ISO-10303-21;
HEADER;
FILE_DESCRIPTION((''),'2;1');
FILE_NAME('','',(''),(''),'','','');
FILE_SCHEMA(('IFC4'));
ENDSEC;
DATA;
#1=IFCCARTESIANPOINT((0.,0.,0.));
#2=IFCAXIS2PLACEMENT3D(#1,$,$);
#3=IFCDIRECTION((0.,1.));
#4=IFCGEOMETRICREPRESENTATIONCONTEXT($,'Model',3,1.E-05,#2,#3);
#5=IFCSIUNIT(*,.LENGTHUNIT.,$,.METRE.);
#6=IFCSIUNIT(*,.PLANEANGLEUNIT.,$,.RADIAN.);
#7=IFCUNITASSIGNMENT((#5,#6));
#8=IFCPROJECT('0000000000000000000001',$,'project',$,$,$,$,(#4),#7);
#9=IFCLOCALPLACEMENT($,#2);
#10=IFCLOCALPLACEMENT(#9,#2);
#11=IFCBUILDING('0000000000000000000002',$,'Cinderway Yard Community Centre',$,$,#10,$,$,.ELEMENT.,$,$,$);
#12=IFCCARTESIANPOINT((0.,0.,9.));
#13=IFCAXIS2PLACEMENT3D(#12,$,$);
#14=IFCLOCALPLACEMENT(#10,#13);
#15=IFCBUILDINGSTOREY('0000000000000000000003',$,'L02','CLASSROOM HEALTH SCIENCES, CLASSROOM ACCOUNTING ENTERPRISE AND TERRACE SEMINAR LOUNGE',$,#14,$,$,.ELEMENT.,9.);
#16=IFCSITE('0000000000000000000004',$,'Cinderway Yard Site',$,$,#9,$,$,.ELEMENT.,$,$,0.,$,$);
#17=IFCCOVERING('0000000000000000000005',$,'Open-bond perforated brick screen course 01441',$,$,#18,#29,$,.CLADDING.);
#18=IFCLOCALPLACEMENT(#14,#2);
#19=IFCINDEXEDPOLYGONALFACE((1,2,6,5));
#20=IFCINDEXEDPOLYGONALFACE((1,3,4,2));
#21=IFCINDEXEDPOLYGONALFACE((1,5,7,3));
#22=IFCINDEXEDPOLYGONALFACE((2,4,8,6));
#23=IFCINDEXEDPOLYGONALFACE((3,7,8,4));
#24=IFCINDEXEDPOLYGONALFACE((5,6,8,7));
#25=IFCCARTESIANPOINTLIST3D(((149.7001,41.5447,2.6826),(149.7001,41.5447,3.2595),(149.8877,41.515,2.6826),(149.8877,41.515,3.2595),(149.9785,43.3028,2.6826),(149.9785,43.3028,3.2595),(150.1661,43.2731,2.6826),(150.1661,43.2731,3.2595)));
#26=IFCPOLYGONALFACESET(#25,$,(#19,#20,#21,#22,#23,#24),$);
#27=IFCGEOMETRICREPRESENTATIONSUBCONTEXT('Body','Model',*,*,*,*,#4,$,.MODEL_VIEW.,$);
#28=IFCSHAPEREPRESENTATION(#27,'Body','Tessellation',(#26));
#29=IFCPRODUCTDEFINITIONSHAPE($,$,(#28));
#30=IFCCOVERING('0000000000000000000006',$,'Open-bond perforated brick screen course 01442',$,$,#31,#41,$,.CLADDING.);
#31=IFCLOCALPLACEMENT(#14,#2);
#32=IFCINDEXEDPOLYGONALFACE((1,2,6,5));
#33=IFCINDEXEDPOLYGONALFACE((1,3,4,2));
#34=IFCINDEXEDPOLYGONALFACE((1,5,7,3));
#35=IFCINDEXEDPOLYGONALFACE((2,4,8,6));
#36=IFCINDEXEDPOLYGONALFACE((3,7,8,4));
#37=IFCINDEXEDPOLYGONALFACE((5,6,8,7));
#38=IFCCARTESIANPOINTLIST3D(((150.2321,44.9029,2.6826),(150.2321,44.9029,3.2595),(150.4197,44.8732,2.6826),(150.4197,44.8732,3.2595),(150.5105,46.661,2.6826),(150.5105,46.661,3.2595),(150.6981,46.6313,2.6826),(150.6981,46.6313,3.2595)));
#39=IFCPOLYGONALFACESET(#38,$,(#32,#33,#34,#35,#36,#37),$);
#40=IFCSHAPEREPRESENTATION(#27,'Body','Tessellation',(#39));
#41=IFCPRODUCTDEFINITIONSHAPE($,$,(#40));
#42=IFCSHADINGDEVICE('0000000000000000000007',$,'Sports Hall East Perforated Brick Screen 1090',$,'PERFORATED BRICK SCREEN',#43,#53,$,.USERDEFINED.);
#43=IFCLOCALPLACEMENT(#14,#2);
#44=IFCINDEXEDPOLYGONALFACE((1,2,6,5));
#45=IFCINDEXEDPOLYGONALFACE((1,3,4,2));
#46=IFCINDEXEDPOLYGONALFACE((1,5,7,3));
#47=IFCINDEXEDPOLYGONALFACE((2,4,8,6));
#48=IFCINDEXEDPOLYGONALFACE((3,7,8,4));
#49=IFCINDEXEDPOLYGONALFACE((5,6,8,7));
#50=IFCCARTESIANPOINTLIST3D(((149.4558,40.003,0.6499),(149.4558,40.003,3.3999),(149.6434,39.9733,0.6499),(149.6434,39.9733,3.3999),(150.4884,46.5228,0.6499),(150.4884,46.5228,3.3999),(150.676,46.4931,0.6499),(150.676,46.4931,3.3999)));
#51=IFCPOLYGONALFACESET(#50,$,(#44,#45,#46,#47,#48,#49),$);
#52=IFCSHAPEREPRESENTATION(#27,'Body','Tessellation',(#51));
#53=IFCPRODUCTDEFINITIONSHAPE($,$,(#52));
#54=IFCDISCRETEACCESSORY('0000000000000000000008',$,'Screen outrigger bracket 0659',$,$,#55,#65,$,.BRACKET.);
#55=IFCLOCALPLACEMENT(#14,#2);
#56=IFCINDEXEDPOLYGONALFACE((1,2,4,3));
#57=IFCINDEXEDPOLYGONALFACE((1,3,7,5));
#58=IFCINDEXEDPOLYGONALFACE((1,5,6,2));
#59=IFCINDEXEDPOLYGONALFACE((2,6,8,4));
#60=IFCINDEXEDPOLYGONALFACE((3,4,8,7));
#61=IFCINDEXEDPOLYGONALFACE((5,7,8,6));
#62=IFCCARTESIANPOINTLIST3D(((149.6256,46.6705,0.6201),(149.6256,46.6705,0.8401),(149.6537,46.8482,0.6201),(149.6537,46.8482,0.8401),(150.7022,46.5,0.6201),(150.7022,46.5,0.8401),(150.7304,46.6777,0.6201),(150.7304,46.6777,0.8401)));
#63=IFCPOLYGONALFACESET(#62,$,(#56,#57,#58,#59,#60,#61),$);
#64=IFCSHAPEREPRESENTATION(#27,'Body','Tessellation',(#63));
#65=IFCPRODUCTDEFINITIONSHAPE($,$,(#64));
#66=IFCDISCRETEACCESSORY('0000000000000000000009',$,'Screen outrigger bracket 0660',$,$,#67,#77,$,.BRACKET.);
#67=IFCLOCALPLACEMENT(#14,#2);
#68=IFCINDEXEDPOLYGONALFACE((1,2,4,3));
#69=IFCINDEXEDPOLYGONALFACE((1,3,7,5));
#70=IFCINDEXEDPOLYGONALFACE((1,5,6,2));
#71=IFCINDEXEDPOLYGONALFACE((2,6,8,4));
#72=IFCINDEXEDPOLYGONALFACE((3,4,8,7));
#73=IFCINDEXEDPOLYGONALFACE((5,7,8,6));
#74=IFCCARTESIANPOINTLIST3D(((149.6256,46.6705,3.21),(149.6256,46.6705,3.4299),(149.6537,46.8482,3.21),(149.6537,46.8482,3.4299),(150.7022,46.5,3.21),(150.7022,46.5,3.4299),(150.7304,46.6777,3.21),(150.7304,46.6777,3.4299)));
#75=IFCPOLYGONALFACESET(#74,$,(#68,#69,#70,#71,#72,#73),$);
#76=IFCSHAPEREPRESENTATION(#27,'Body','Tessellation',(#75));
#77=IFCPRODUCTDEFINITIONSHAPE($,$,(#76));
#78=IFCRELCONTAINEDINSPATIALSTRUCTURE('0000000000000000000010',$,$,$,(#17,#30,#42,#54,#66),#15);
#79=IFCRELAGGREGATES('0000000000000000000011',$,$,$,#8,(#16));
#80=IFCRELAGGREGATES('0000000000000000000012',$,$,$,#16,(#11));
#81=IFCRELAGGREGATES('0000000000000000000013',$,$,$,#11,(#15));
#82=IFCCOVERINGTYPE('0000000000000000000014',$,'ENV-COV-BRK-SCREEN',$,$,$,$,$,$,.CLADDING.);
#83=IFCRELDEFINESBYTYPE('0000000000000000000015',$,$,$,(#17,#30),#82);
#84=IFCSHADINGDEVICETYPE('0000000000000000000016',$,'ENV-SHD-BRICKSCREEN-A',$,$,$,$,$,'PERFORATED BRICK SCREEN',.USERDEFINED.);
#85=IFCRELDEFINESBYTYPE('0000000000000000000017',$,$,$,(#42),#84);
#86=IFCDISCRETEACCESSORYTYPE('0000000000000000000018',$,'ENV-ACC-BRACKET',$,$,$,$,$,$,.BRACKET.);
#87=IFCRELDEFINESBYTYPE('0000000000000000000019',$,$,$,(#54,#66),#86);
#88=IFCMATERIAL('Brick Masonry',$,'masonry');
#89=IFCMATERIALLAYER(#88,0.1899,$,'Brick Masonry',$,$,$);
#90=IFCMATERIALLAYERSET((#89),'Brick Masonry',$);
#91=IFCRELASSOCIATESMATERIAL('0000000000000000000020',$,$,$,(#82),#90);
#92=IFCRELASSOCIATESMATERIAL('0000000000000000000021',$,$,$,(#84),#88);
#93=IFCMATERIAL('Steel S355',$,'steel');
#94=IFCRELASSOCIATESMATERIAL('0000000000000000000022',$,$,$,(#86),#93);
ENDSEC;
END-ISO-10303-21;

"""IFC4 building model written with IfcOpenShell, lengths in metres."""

from ifc_helpers import new_model, si_unit, direction, frame, origin, origin_2d, place, context, subcontext, project, spatial, rectangle, extrude, material, layer, layer_set, type_object, element, save


model = new_model("IFC4")

# Units and contexts
model_context = context("Model", 3, precision=1e-05, world=origin(), true_north=direction((0.0, 1.0)))
body_context = subcontext(model_context, "Body", "Model", "MODEL_VIEW")
ifc_project = project(units=[si_unit("LENGTHUNIT", "METRE"), si_unit("PLANEANGLEUNIT", "RADIAN")], contexts=[model_context])

# Site, building, storey
site_placement = place(None, origin())
site = spatial("IfcSite", under=ifc_project, at=site_placement, Name="Cinderway Yard Site", CompositionType="ELEMENT", RefElevation=0.0)
building_placement = place(site_placement, origin())
building = spatial("IfcBuilding", under=site, at=building_placement, Name="Cinderway Yard Community Centre", CompositionType="ELEMENT")
storey_placement = place(building_placement, frame((0.0, 0.0, 9.0)))
storey = spatial("IfcBuildingStorey", under=building, at=storey_placement, Name="L02", Description="CLASSROOM HEALTH SCIENCES, CLASSROOM ACCOUNTING ENTERPRISE AND TERRACE SEMINAR LOUNGE", CompositionType="ELEMENT", Elevation=9.0)

# Shared definitions
ifc_material_1 = material(Name="Steel S355", Category="steel")

# Coverings
ifc_material_2 = material(Name="Brick Masonry", Category="masonry")
ifc_layer_1 = layer(ifc_material_2, 0.1899, Name="Brick Masonry")
ifc_layer_set_1 = layer_set([ifc_layer_1], Name="Brick Masonry")
covering_type = type_object("IfcCoveringType", Name="ENV-COV-BRK-SCREEN", PredefinedType="CLADDING", material=ifc_layer_set_1)
for number, where, z_axis, x_axis, name in (
    (1, (149.9331, 42.4089, 2.6826), (0.0, 0.0, 1.0), (-0.156434, -0.987688, 0.0), "Open-bond perforated brick screen course 01441"),
    (2, (150.4651, 45.7671, 2.6826), (0.0, 0.0, 1.0), (-0.156434, -0.987688, 0.0), "Open-bond perforated brick screen course 01442"),
):
    element("IfcCovering", number, at=place(storey_placement, frame(where, z_axis=z_axis, x_axis=x_axis)), inside=storey, type_object=covering_type, Name=name, PredefinedType="CLADDING", context=body_context, shape_type="SweptSolid", body=[
        extrude(rectangle(XDim=1.78, YDim=0.1899, at=origin_2d()), origin(), (0.0, 0.0, 1.0), 0.5769),
    ])

# Shading device
shading_device_type = type_object("IfcShadingDeviceType", Name="ENV-SHD-BRICKSCREEN-A", ElementType="PERFORATED BRICK SCREEN", PredefinedType="USERDEFINED", material=ifc_material_2)
shading_device_placement = place(storey_placement, frame((150.0659, 43.248, 0.6499), z_axis=(0.0, 0.0, 1.0), x_axis=(-0.156434, -0.987688, 0.0)))
element("IfcShadingDevice", 3, at=shading_device_placement, inside=storey, type_object=shading_device_type, Name="Sports Hall East Perforated Brick Screen 1090", ObjectType="PERFORATED BRICK SCREEN", PredefinedType="USERDEFINED", context=body_context, shape_type="SweptSolid", body=[
    extrude(rectangle(XDim=6.6011, YDim=0.1899, at=origin_2d()), origin(), (0.0, 0.0, 1.0), 2.75),
])

# Discrete accessories
discrete_accessory_type = type_object("IfcDiscreteAccessoryType", Name="ENV-ACC-BRACKET", PredefinedType="BRACKET", material=ifc_material_1)
for number, where, z_axis, x_axis, name in (
    (4, (150.178, 46.6741, 0.6201), (0.0, 0.0, 1.0), (0.987688, -0.156434, 0.0), "Screen outrigger bracket 0659"),
    (5, (150.178, 46.6741, 3.21), (0.0, 0.0, 1.0), (0.987688, -0.156434, 0.0), "Screen outrigger bracket 0660"),
):
    element("IfcDiscreteAccessory", number, at=place(storey_placement, frame(where, z_axis=z_axis, x_axis=x_axis)), inside=storey, type_object=discrete_accessory_type, Name=name, PredefinedType="BRACKET", context=body_context, shape_type="SweptSolid", body=[
        extrude(rectangle(XDim=1.0901, YDim=0.1799, at=origin_2d()), origin(), (0.0, 0.0, 1.0), 0.22),
    ])

save(model, "model.ifc")
